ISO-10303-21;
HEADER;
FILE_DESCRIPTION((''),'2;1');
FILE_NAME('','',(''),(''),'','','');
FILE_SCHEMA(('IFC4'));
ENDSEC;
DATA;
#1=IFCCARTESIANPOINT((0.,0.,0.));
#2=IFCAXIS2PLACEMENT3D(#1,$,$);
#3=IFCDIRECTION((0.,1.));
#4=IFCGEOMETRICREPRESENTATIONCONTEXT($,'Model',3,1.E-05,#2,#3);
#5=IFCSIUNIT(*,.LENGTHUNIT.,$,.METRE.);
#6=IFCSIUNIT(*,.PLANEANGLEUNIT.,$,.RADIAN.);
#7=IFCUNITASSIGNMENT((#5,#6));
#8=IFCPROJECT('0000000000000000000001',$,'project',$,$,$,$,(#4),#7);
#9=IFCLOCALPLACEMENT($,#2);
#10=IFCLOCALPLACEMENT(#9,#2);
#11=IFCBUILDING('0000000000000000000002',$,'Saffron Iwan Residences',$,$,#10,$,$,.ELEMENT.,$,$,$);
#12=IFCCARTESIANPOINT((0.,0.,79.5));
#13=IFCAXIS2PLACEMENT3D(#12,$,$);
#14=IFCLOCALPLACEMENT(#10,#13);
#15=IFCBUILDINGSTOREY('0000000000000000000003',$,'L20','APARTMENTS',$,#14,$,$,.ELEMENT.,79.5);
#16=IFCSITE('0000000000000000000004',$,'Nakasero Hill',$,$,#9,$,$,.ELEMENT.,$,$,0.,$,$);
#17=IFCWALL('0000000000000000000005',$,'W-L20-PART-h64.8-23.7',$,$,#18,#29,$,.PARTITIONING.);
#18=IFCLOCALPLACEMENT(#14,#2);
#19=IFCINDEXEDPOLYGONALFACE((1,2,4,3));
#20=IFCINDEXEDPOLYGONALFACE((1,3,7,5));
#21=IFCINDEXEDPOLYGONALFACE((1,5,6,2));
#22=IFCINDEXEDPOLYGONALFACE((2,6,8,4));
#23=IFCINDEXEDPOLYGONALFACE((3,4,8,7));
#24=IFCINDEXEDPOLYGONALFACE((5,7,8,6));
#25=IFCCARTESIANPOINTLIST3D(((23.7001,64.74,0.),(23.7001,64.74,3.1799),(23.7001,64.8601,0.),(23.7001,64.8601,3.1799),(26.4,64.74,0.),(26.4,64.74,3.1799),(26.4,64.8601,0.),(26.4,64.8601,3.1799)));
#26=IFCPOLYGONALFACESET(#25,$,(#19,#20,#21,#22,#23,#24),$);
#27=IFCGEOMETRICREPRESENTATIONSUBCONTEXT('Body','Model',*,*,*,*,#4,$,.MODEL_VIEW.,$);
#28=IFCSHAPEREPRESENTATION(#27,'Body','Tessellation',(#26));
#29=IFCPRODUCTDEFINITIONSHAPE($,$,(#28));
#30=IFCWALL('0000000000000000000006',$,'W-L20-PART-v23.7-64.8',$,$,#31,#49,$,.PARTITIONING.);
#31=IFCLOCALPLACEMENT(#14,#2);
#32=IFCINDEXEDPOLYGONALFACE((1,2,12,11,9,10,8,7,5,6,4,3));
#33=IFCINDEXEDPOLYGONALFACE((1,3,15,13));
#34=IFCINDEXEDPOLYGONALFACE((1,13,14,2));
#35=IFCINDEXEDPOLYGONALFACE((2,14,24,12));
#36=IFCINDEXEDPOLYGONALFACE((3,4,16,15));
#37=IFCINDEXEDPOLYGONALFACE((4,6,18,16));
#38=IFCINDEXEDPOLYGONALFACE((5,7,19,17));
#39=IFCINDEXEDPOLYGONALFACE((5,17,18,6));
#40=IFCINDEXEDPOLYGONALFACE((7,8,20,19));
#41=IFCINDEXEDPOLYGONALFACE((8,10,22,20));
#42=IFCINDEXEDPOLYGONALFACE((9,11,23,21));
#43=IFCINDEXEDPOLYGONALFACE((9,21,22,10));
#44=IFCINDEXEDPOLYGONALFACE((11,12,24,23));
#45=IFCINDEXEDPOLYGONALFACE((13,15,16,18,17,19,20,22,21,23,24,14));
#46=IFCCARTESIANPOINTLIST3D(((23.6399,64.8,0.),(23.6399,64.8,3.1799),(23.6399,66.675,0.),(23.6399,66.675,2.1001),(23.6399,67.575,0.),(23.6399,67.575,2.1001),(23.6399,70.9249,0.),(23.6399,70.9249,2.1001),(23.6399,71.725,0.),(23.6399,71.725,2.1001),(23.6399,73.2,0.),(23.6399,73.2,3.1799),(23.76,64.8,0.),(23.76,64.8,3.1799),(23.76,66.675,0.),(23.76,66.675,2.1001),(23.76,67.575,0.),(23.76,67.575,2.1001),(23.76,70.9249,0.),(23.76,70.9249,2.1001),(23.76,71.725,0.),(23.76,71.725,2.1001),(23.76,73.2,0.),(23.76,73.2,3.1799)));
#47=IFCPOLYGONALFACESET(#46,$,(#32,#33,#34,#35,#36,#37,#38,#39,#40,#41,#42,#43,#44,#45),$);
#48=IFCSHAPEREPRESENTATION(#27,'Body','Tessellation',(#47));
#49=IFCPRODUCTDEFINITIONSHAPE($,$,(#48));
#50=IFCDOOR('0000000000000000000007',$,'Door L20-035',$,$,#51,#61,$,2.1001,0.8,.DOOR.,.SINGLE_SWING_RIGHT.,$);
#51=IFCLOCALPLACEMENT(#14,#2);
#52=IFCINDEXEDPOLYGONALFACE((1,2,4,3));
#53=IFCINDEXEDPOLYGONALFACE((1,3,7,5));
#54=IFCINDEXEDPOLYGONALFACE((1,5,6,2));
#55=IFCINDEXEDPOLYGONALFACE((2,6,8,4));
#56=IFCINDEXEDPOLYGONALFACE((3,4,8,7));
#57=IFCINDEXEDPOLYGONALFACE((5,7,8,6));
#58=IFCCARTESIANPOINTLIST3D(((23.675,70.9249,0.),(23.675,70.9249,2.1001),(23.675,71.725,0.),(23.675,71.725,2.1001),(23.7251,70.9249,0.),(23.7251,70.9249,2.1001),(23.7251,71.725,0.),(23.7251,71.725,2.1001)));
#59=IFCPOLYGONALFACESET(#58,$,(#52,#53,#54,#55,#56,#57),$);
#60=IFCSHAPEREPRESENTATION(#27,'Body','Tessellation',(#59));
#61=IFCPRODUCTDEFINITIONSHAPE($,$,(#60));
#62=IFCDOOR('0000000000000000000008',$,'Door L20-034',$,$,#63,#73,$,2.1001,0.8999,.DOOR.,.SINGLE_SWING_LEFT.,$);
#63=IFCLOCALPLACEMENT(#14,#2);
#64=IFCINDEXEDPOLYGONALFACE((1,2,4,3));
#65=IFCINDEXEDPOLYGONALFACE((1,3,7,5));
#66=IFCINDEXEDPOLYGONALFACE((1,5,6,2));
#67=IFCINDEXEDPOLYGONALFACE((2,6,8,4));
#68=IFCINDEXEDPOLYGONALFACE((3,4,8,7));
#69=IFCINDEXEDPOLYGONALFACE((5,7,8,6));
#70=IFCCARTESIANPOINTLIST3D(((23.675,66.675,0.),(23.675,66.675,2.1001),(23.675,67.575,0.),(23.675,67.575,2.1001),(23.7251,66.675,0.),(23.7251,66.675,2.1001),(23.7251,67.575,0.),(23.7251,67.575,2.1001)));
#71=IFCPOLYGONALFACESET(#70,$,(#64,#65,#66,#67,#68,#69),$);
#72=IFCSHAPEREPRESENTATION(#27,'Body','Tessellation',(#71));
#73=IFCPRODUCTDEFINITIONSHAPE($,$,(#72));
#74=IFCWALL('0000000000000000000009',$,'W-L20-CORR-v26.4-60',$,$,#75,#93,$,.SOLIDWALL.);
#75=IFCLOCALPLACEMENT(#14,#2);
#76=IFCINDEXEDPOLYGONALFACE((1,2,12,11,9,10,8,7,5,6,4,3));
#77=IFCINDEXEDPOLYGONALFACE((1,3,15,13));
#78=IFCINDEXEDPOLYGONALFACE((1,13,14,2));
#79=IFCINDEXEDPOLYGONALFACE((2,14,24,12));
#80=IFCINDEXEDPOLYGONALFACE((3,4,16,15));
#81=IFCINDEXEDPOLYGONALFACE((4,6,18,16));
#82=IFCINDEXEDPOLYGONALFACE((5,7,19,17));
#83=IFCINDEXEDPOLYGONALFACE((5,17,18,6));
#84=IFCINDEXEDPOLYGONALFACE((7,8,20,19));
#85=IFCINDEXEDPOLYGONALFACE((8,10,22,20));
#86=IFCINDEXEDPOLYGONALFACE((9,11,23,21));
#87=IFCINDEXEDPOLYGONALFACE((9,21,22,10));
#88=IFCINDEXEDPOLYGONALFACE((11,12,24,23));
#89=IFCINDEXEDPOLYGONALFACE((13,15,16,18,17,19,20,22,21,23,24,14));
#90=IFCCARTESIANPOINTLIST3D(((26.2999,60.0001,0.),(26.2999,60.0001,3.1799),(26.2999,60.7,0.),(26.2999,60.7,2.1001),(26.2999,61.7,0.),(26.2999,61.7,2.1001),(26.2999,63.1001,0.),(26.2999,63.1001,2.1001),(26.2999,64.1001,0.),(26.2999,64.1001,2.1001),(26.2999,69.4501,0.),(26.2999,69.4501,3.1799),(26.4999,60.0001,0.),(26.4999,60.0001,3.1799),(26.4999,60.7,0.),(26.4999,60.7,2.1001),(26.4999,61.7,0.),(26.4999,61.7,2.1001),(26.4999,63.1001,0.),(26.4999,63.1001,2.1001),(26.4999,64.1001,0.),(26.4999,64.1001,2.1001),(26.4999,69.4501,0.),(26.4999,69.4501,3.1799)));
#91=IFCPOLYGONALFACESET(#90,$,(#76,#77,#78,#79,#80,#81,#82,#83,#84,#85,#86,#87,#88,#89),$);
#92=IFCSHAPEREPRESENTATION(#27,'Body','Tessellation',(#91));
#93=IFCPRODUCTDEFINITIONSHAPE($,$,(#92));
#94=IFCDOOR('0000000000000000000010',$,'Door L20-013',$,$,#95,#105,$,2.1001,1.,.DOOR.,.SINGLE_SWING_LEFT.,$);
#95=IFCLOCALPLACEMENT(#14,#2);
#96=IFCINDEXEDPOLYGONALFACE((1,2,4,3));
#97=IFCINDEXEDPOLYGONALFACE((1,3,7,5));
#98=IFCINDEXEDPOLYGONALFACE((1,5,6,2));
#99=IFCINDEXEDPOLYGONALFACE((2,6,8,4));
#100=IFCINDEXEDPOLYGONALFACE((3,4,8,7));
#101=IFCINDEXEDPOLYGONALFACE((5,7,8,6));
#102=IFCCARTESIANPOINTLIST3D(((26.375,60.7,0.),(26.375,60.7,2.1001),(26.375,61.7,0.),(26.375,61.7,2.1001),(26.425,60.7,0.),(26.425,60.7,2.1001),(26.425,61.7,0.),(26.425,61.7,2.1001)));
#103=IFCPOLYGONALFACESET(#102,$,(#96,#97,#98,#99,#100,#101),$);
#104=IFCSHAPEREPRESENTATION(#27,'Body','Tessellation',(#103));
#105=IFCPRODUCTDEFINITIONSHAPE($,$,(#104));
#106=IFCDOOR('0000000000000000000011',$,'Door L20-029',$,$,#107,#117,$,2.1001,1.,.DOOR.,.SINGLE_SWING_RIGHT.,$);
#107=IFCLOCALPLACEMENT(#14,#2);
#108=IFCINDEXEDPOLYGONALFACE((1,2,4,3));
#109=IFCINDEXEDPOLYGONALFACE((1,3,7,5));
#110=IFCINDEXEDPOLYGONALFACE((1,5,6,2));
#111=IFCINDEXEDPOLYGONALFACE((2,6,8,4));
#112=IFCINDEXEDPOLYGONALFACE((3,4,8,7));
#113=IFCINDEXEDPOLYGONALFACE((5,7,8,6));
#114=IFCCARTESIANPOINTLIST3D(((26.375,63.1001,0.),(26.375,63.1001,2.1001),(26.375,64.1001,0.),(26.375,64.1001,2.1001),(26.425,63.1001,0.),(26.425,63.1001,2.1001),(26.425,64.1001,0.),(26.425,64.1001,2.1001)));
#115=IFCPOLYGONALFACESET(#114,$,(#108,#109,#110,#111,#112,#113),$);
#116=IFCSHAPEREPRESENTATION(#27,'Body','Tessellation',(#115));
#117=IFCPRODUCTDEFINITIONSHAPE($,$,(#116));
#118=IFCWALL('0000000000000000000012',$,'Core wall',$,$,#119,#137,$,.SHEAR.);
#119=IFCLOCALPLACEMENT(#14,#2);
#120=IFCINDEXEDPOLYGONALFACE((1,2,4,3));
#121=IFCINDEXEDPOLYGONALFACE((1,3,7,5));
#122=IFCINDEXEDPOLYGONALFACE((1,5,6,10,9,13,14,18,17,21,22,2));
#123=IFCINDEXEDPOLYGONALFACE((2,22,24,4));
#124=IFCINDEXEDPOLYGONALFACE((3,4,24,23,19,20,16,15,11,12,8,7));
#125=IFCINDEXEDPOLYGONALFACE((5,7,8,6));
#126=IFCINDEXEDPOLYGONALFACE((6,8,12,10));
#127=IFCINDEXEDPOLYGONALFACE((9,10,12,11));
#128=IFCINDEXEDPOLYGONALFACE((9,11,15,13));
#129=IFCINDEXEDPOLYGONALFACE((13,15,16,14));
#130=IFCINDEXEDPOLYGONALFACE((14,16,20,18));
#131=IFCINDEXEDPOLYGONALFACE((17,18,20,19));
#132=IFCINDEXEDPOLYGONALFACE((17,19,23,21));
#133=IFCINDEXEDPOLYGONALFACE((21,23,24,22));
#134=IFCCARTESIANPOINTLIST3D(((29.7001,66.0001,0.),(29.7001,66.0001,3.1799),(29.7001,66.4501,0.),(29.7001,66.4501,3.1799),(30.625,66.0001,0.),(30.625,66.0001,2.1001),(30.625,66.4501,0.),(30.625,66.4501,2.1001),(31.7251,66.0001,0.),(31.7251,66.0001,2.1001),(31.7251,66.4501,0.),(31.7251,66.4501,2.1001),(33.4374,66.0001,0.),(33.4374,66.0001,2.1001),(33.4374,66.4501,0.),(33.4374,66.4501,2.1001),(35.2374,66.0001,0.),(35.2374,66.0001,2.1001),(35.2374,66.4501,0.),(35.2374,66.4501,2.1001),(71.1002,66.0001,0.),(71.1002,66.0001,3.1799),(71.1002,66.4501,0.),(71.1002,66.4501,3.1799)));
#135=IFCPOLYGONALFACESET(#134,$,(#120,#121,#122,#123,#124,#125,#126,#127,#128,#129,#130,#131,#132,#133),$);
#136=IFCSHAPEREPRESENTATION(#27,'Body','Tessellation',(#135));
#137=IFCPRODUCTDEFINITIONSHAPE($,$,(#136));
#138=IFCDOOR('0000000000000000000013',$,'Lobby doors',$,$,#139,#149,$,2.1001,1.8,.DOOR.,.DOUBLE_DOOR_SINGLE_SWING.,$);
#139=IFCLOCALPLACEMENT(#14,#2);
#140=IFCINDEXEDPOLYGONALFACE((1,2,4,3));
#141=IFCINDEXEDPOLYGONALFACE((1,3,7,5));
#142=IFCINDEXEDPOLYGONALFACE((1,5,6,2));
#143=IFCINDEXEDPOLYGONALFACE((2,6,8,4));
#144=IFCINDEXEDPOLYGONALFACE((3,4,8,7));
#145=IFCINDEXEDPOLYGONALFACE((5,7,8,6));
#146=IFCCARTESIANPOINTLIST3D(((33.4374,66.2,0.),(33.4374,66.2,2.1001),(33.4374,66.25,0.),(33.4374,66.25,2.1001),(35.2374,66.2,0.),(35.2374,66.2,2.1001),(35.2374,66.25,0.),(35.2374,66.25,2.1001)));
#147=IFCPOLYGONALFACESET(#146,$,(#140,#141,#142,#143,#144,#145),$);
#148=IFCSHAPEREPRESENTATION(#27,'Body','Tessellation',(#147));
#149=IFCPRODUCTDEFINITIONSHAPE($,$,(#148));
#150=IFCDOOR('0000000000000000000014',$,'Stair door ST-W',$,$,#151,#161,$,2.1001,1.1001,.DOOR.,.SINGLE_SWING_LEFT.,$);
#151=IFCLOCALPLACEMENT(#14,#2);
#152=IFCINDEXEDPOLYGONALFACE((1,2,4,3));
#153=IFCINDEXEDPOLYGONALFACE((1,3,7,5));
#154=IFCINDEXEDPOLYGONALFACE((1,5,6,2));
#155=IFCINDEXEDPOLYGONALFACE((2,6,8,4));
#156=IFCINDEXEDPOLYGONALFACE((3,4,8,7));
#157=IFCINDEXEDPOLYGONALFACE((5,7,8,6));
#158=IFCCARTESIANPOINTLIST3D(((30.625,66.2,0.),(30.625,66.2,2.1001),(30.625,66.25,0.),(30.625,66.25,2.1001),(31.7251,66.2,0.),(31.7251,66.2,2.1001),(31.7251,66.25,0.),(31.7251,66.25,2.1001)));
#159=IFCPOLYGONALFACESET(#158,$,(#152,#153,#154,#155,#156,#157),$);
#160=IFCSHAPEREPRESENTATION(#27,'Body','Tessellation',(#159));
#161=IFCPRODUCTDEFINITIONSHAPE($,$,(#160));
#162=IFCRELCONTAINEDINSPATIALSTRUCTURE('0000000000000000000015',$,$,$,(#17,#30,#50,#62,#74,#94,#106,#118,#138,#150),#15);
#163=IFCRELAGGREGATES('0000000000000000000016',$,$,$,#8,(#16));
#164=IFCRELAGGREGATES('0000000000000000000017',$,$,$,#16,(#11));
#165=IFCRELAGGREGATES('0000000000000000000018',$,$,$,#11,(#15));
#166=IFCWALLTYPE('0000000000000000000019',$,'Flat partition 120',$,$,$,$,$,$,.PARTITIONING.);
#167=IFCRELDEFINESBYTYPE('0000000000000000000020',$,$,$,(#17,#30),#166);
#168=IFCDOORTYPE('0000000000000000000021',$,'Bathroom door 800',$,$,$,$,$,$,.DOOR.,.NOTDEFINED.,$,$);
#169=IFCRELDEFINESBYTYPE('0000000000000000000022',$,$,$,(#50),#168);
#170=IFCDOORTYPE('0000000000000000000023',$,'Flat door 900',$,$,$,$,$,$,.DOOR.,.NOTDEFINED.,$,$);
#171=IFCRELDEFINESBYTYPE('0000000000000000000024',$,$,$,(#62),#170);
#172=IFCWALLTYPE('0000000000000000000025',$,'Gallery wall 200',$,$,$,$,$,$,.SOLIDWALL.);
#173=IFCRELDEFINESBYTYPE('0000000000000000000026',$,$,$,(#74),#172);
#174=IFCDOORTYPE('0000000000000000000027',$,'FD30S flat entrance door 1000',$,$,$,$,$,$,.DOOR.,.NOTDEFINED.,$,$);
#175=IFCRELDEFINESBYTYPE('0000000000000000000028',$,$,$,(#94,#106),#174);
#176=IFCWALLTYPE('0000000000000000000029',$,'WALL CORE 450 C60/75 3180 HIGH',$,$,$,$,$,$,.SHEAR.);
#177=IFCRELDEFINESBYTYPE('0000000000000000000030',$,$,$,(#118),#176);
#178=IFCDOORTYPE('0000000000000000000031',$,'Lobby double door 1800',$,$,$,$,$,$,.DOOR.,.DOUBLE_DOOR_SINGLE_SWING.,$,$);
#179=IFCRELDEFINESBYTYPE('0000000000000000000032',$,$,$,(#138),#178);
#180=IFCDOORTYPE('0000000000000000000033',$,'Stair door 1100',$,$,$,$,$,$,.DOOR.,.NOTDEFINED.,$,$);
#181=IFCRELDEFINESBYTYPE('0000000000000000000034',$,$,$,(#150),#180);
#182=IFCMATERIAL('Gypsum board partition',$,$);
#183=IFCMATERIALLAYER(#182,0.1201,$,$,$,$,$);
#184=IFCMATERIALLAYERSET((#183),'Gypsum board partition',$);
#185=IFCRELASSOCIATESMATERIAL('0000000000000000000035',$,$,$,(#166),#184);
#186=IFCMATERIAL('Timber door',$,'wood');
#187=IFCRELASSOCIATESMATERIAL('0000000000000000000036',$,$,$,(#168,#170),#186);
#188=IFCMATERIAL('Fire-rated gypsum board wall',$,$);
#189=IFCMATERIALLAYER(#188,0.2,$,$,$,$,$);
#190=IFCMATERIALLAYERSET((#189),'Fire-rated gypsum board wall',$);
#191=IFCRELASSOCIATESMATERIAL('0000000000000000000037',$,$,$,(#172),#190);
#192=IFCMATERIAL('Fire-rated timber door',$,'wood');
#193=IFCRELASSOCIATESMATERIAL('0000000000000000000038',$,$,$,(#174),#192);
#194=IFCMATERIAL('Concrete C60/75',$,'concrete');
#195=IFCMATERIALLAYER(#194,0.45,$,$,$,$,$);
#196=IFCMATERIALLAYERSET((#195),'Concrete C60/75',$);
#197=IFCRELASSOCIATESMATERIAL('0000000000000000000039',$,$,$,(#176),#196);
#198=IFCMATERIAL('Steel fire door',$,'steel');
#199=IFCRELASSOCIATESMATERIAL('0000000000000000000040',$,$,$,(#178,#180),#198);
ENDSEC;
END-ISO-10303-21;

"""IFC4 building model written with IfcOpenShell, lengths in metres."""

from ifc_helpers import new_model, si_unit, direction, frame, frame_2d, origin, place, context, subcontext, project, spatial, rectangle, extrude, material, layer, layer_set, type_object, element, fill, save


model = new_model("IFC4")

# Units and contexts
model_context = context("Model", 3, precision=1e-05, world=origin(), true_north=direction((0.0, 1.0)))
body_context = subcontext(model_context, "Body", "Model", "MODEL_VIEW")
ifc_project = project(units=[si_unit("LENGTHUNIT", "METRE"), si_unit("PLANEANGLEUNIT", "RADIAN")], contexts=[model_context])

# Site, building, storey
site_placement = place(None, origin())
site = spatial("IfcSite", under=ifc_project, at=site_placement, Name="Nakasero Hill", CompositionType="ELEMENT", RefElevation=0.0)
building_placement = place(site_placement, origin())
building = spatial("IfcBuilding", under=site, at=building_placement, Name="Saffron Iwan Residences", CompositionType="ELEMENT")
storey_placement = place(building_placement, frame((0.0, 0.0, 79.5)))
storey = spatial("IfcBuildingStorey", under=building, at=storey_placement, Name="L20", Description="APARTMENTS", CompositionType="ELEMENT", Elevation=79.5)

# Wall
ifc_material_1 = material(Name="Gypsum board partition")
ifc_layer_1 = layer(ifc_material_1, 0.1201)
ifc_layer_set_1 = layer_set([ifc_layer_1], Name="Gypsum board partition")
wall_type_1 = type_object("IfcWallType", Name="Flat partition 120", PredefinedType="PARTITIONING", material=ifc_layer_set_1)
wall_1_placement = place(storey_placement, frame((23.7, 64.8, 0.0), z_axis=(0.0, 0.0, 1.0), x_axis=(1.0, 0.0, 0.0)))
element("IfcWall", 1, at=wall_1_placement, inside=storey, type_object=wall_type_1, Name="W-L20-PART-h64.8-23.7", PredefinedType="PARTITIONING", context=body_context, shape_type="SweptSolid", body=[
    extrude(rectangle(XDim=2.7, YDim=0.1201, at=frame_2d((1.3501, 0.0))), origin(), (0.0, 0.0, 1.0), 3.1799),
])

# Walls, openings, doors
wall_2_placement = place(storey_placement, frame((23.7, 64.8, 0.0), z_axis=(0.0, 0.0, 1.0), x_axis=(0.0, 1.0, 0.0)))
wall_2 = element("IfcWall", 2, at=wall_2_placement, inside=storey, type_object=wall_type_1, Name="W-L20-PART-v23.7-64.8", PredefinedType="PARTITIONING", context=body_context, shape_type="SweptSolid", body=[
    extrude(rectangle(XDim=8.3999, YDim=0.1201, at=frame_2d((4.2, 0.0))), origin(), (0.0, 0.0, 1.0), 3.1799),
])
opening_1_placement = place(wall_2_placement, frame((1.875, 0.0, 0.0)))
opening_1 = element("IfcOpeningElement", 3, at=opening_1_placement, cuts=wall_2, PredefinedType="OPENING", context=body_context, shape_type="SweptSolid", body=[
    extrude(rectangle(XDim=0.8999, YDim=2.1001, at=frame_2d((0.45, 1.05))), frame((0.0, 0.0701, 0.0), z_axis=(0.0, -1.0, 0.0), x_axis=(1.0, 0.0, 0.0)), (0.0, 0.0, 1.0), 0.1401),
])
opening_2_placement = place(wall_2_placement, frame((6.125, 0.0, 0.0)))
opening_2 = element("IfcOpeningElement", 4, at=opening_2_placement, cuts=wall_2, PredefinedType="OPENING", context=body_context, shape_type="SweptSolid", body=[
    extrude(rectangle(XDim=0.8, YDim=2.1001, at=frame_2d((0.3999, 1.05))), frame((0.0, 0.0701, 0.0), z_axis=(0.0, -1.0, 0.0), x_axis=(1.0, 0.0, 0.0)), (0.0, 0.0, 1.0), 0.1401),
])
ifc_material_2 = material(Name="Timber door", Category="wood")
door_type_1 = type_object("IfcDoorType", Name="Bathroom door 800", OperationType="NOTDEFINED", PredefinedType="DOOR", material=ifc_material_2)
door_1_placement = place(opening_2_placement, origin())
door_1 = element("IfcDoor", 5, at=door_1_placement, inside=storey, type_object=door_type_1, Name="Door L20-035", OperationType="SINGLE_SWING_RIGHT", OverallHeight=2.1001, OverallWidth=0.8, PredefinedType="DOOR", context=body_context, shape_type="SweptSolid", body=[
    extrude(rectangle(XDim=0.8, YDim=2.1001, at=frame_2d((0.3999, 1.05))), frame((0.0, 0.0249, 0.0), z_axis=(0.0, -1.0, 0.0), x_axis=(1.0, 0.0, 0.0)), (0.0, 0.0, 1.0), 0.05),
])
fill(opening_2, door_1)
door_type_2 = type_object("IfcDoorType", Name="Flat door 900", OperationType="NOTDEFINED", PredefinedType="DOOR", material=ifc_material_2)
door_2_placement = place(opening_1_placement, origin())
door_2 = element("IfcDoor", 6, at=door_2_placement, inside=storey, type_object=door_type_2, Name="Door L20-034", OperationType="SINGLE_SWING_LEFT", OverallHeight=2.1001, OverallWidth=0.8999, PredefinedType="DOOR", context=body_context, shape_type="SweptSolid", body=[
    extrude(rectangle(XDim=0.8999, YDim=2.1001, at=frame_2d((0.45, 1.05))), frame((0.0, 0.0249, 0.0), z_axis=(0.0, -1.0, 0.0), x_axis=(1.0, 0.0, 0.0)), (0.0, 0.0, 1.0), 0.05),
])
fill(opening_1, door_2)
ifc_material_3 = material(Name="Fire-rated gypsum board wall")
ifc_layer_2 = layer(ifc_material_3, 0.2)
ifc_layer_set_2 = layer_set([ifc_layer_2], Name="Fire-rated gypsum board wall")
wall_type_2 = type_object("IfcWallType", Name="Gallery wall 200", PredefinedType="SOLIDWALL", material=ifc_layer_set_2)
wall_3_placement = place(storey_placement, frame((26.3999, 60.0, 0.0), z_axis=(0.0, 0.0, 1.0), x_axis=(0.0, 1.0, 0.0)))
wall_3 = element("IfcWall", 7, at=wall_3_placement, inside=storey, type_object=wall_type_2, Name="W-L20-CORR-v26.4-60", PredefinedType="SOLIDWALL", context=body_context, shape_type="SweptSolid", body=[
    extrude(rectangle(XDim=9.45, YDim=0.2, at=frame_2d((4.7251, 0.0))), origin(), (0.0, 0.0, 1.0), 3.1799),
])
opening_3_placement = place(wall_3_placement, frame((0.7, 0.0, 0.0)))
opening_3 = element("IfcOpeningElement", 8, at=opening_3_placement, cuts=wall_3, PredefinedType="OPENING", context=body_context, shape_type="SweptSolid", body=[
    extrude(rectangle(XDim=1.0, YDim=2.1001, at=frame_2d((0.5, 1.05))), frame((0.0, 0.1099, 0.0), z_axis=(0.0, -1.0, 0.0), x_axis=(1.0, 0.0, 0.0)), (0.0, 0.0, 1.0), 0.22),
])
opening_4_placement = place(wall_3_placement, frame((3.1001, 0.0, 0.0)))
opening_4 = element("IfcOpeningElement", 9, at=opening_4_placement, cuts=wall_3, PredefinedType="OPENING", context=body_context, shape_type="SweptSolid", body=[
    extrude(rectangle(XDim=1.0, YDim=2.1001, at=frame_2d((0.5, 1.05))), frame((0.0, 0.1099, 0.0), z_axis=(0.0, -1.0, 0.0), x_axis=(1.0, 0.0, 0.0)), (0.0, 0.0, 1.0), 0.22),
])
ifc_material_4 = material(Name="Fire-rated timber door", Category="wood")
door_type_3 = type_object("IfcDoorType", Name="FD30S flat entrance door 1000", OperationType="NOTDEFINED", PredefinedType="DOOR", material=ifc_material_4)
door_3_placement = place(opening_3_placement, origin())
door_3 = element("IfcDoor", 10, at=door_3_placement, inside=storey, type_object=door_type_3, Name="Door L20-013", OperationType="SINGLE_SWING_LEFT", OverallHeight=2.1001, OverallWidth=1.0, PredefinedType="DOOR", context=body_context, shape_type="SweptSolid", body=[
    extrude(rectangle(XDim=1.0, YDim=2.1001, at=frame_2d((0.5, 1.05))), frame((0.0, 0.0249, 0.0), z_axis=(0.0, -1.0, 0.0), x_axis=(1.0, 0.0, 0.0)), (0.0, 0.0, 1.0), 0.05),
])
fill(opening_3, door_3)
door_4_placement = place(opening_4_placement, origin())
door_4 = element("IfcDoor", 11, at=door_4_placement, inside=storey, type_object=door_type_3, Name="Door L20-029", OperationType="SINGLE_SWING_RIGHT", OverallHeight=2.1001, OverallWidth=1.0, PredefinedType="DOOR", context=body_context, shape_type="SweptSolid", body=[
    extrude(rectangle(XDim=1.0, YDim=2.1001, at=frame_2d((0.5, 1.05))), frame((0.0, 0.0249, 0.0), z_axis=(0.0, -1.0, 0.0), x_axis=(1.0, 0.0, 0.0)), (0.0, 0.0, 1.0), 0.05),
])
fill(opening_4, door_4)
ifc_material_5 = material(Name="Concrete C60/75", Category="concrete")
ifc_layer_3 = layer(ifc_material_5, 0.45)
ifc_layer_set_3 = layer_set([ifc_layer_3], Name="Concrete C60/75")
wall_type_3 = type_object("IfcWallType", Name="WALL CORE 450 C60/75 3180 HIGH", PredefinedType="SHEAR", material=ifc_layer_set_3)
wall_4_placement = place(storey_placement, frame((29.7, 66.2251, 0.0), z_axis=(0.0, 0.0, 1.0), x_axis=(1.0, 0.0, 0.0)))
wall_4 = element("IfcWall", 12, at=wall_4_placement, inside=storey, type_object=wall_type_3, Name="Core wall", PredefinedType="SHEAR", context=body_context, shape_type="SweptSolid", body=[
    extrude(rectangle(XDim=41.4001, YDim=0.45, at=frame_2d((20.7002, 0.0))), origin(), (0.0, 0.0, 1.0), 3.1799),
])
opening_5_placement = place(wall_4_placement, frame((0.925, 0.0, 0.0)))
opening_5 = element("IfcOpeningElement", 13, at=opening_5_placement, cuts=wall_4, PredefinedType="OPENING", context=body_context, shape_type="SweptSolid", body=[
    extrude(rectangle(XDim=1.1001, YDim=2.1001, at=frame_2d((0.55, 1.05))), frame((0.0, 0.2349, 0.0), z_axis=(0.0, -1.0, 0.0), x_axis=(1.0, 0.0, 0.0)), (0.0, 0.0, 1.0), 0.47),
])
opening_6_placement = place(wall_4_placement, frame((3.7375, 0.0, 0.0)))
opening_6 = element("IfcOpeningElement", 14, at=opening_6_placement, cuts=wall_4, PredefinedType="OPENING", context=body_context, shape_type="SweptSolid", body=[
    extrude(rectangle(XDim=1.8, YDim=2.1001, at=frame_2d((0.8999, 1.05))), frame((0.0, 0.2349, 0.0), z_axis=(0.0, -1.0, 0.0), x_axis=(1.0, 0.0, 0.0)), (0.0, 0.0, 1.0), 0.47),
])
ifc_material_6 = material(Name="Steel fire door", Category="steel")
door_type_4 = type_object("IfcDoorType", Name="Lobby double door 1800", OperationType="DOUBLE_DOOR_SINGLE_SWING", PredefinedType="DOOR", material=ifc_material_6)
door_5_placement = place(opening_6_placement, origin())
door_5 = element("IfcDoor", 15, at=door_5_placement, inside=storey, type_object=door_type_4, Name="Lobby doors", OperationType="DOUBLE_DOOR_SINGLE_SWING", OverallHeight=2.1001, OverallWidth=1.8, PredefinedType="DOOR", context=body_context, shape_type="SweptSolid", body=[
    extrude(rectangle(XDim=1.8, YDim=2.1001, at=frame_2d((0.8999, 1.05))), frame((0.0, 0.0249, 0.0), z_axis=(0.0, -1.0, 0.0), x_axis=(1.0, 0.0, 0.0)), (0.0, 0.0, 1.0), 0.05),
])
fill(opening_6, door_5)
door_type_5 = type_object("IfcDoorType", Name="Stair door 1100", OperationType="NOTDEFINED", PredefinedType="DOOR", material=ifc_material_6)
door_6_placement = place(opening_5_placement, origin())
door_6 = element("IfcDoor", 16, at=door_6_placement, inside=storey, type_object=door_type_5, Name="Stair door ST-W", OperationType="SINGLE_SWING_LEFT", OverallHeight=2.1001, OverallWidth=1.1001, PredefinedType="DOOR", context=body_context, shape_type="SweptSolid", body=[
    extrude(rectangle(XDim=1.1001, YDim=2.1001, at=frame_2d((0.55, 1.05))), frame((0.0, 0.0249, 0.0), z_axis=(0.0, -1.0, 0.0), x_axis=(1.0, 0.0, 0.0)), (0.0, 0.0, 1.0), 0.05),
])
fill(opening_5, door_6)

save(model, "model.ifc")
